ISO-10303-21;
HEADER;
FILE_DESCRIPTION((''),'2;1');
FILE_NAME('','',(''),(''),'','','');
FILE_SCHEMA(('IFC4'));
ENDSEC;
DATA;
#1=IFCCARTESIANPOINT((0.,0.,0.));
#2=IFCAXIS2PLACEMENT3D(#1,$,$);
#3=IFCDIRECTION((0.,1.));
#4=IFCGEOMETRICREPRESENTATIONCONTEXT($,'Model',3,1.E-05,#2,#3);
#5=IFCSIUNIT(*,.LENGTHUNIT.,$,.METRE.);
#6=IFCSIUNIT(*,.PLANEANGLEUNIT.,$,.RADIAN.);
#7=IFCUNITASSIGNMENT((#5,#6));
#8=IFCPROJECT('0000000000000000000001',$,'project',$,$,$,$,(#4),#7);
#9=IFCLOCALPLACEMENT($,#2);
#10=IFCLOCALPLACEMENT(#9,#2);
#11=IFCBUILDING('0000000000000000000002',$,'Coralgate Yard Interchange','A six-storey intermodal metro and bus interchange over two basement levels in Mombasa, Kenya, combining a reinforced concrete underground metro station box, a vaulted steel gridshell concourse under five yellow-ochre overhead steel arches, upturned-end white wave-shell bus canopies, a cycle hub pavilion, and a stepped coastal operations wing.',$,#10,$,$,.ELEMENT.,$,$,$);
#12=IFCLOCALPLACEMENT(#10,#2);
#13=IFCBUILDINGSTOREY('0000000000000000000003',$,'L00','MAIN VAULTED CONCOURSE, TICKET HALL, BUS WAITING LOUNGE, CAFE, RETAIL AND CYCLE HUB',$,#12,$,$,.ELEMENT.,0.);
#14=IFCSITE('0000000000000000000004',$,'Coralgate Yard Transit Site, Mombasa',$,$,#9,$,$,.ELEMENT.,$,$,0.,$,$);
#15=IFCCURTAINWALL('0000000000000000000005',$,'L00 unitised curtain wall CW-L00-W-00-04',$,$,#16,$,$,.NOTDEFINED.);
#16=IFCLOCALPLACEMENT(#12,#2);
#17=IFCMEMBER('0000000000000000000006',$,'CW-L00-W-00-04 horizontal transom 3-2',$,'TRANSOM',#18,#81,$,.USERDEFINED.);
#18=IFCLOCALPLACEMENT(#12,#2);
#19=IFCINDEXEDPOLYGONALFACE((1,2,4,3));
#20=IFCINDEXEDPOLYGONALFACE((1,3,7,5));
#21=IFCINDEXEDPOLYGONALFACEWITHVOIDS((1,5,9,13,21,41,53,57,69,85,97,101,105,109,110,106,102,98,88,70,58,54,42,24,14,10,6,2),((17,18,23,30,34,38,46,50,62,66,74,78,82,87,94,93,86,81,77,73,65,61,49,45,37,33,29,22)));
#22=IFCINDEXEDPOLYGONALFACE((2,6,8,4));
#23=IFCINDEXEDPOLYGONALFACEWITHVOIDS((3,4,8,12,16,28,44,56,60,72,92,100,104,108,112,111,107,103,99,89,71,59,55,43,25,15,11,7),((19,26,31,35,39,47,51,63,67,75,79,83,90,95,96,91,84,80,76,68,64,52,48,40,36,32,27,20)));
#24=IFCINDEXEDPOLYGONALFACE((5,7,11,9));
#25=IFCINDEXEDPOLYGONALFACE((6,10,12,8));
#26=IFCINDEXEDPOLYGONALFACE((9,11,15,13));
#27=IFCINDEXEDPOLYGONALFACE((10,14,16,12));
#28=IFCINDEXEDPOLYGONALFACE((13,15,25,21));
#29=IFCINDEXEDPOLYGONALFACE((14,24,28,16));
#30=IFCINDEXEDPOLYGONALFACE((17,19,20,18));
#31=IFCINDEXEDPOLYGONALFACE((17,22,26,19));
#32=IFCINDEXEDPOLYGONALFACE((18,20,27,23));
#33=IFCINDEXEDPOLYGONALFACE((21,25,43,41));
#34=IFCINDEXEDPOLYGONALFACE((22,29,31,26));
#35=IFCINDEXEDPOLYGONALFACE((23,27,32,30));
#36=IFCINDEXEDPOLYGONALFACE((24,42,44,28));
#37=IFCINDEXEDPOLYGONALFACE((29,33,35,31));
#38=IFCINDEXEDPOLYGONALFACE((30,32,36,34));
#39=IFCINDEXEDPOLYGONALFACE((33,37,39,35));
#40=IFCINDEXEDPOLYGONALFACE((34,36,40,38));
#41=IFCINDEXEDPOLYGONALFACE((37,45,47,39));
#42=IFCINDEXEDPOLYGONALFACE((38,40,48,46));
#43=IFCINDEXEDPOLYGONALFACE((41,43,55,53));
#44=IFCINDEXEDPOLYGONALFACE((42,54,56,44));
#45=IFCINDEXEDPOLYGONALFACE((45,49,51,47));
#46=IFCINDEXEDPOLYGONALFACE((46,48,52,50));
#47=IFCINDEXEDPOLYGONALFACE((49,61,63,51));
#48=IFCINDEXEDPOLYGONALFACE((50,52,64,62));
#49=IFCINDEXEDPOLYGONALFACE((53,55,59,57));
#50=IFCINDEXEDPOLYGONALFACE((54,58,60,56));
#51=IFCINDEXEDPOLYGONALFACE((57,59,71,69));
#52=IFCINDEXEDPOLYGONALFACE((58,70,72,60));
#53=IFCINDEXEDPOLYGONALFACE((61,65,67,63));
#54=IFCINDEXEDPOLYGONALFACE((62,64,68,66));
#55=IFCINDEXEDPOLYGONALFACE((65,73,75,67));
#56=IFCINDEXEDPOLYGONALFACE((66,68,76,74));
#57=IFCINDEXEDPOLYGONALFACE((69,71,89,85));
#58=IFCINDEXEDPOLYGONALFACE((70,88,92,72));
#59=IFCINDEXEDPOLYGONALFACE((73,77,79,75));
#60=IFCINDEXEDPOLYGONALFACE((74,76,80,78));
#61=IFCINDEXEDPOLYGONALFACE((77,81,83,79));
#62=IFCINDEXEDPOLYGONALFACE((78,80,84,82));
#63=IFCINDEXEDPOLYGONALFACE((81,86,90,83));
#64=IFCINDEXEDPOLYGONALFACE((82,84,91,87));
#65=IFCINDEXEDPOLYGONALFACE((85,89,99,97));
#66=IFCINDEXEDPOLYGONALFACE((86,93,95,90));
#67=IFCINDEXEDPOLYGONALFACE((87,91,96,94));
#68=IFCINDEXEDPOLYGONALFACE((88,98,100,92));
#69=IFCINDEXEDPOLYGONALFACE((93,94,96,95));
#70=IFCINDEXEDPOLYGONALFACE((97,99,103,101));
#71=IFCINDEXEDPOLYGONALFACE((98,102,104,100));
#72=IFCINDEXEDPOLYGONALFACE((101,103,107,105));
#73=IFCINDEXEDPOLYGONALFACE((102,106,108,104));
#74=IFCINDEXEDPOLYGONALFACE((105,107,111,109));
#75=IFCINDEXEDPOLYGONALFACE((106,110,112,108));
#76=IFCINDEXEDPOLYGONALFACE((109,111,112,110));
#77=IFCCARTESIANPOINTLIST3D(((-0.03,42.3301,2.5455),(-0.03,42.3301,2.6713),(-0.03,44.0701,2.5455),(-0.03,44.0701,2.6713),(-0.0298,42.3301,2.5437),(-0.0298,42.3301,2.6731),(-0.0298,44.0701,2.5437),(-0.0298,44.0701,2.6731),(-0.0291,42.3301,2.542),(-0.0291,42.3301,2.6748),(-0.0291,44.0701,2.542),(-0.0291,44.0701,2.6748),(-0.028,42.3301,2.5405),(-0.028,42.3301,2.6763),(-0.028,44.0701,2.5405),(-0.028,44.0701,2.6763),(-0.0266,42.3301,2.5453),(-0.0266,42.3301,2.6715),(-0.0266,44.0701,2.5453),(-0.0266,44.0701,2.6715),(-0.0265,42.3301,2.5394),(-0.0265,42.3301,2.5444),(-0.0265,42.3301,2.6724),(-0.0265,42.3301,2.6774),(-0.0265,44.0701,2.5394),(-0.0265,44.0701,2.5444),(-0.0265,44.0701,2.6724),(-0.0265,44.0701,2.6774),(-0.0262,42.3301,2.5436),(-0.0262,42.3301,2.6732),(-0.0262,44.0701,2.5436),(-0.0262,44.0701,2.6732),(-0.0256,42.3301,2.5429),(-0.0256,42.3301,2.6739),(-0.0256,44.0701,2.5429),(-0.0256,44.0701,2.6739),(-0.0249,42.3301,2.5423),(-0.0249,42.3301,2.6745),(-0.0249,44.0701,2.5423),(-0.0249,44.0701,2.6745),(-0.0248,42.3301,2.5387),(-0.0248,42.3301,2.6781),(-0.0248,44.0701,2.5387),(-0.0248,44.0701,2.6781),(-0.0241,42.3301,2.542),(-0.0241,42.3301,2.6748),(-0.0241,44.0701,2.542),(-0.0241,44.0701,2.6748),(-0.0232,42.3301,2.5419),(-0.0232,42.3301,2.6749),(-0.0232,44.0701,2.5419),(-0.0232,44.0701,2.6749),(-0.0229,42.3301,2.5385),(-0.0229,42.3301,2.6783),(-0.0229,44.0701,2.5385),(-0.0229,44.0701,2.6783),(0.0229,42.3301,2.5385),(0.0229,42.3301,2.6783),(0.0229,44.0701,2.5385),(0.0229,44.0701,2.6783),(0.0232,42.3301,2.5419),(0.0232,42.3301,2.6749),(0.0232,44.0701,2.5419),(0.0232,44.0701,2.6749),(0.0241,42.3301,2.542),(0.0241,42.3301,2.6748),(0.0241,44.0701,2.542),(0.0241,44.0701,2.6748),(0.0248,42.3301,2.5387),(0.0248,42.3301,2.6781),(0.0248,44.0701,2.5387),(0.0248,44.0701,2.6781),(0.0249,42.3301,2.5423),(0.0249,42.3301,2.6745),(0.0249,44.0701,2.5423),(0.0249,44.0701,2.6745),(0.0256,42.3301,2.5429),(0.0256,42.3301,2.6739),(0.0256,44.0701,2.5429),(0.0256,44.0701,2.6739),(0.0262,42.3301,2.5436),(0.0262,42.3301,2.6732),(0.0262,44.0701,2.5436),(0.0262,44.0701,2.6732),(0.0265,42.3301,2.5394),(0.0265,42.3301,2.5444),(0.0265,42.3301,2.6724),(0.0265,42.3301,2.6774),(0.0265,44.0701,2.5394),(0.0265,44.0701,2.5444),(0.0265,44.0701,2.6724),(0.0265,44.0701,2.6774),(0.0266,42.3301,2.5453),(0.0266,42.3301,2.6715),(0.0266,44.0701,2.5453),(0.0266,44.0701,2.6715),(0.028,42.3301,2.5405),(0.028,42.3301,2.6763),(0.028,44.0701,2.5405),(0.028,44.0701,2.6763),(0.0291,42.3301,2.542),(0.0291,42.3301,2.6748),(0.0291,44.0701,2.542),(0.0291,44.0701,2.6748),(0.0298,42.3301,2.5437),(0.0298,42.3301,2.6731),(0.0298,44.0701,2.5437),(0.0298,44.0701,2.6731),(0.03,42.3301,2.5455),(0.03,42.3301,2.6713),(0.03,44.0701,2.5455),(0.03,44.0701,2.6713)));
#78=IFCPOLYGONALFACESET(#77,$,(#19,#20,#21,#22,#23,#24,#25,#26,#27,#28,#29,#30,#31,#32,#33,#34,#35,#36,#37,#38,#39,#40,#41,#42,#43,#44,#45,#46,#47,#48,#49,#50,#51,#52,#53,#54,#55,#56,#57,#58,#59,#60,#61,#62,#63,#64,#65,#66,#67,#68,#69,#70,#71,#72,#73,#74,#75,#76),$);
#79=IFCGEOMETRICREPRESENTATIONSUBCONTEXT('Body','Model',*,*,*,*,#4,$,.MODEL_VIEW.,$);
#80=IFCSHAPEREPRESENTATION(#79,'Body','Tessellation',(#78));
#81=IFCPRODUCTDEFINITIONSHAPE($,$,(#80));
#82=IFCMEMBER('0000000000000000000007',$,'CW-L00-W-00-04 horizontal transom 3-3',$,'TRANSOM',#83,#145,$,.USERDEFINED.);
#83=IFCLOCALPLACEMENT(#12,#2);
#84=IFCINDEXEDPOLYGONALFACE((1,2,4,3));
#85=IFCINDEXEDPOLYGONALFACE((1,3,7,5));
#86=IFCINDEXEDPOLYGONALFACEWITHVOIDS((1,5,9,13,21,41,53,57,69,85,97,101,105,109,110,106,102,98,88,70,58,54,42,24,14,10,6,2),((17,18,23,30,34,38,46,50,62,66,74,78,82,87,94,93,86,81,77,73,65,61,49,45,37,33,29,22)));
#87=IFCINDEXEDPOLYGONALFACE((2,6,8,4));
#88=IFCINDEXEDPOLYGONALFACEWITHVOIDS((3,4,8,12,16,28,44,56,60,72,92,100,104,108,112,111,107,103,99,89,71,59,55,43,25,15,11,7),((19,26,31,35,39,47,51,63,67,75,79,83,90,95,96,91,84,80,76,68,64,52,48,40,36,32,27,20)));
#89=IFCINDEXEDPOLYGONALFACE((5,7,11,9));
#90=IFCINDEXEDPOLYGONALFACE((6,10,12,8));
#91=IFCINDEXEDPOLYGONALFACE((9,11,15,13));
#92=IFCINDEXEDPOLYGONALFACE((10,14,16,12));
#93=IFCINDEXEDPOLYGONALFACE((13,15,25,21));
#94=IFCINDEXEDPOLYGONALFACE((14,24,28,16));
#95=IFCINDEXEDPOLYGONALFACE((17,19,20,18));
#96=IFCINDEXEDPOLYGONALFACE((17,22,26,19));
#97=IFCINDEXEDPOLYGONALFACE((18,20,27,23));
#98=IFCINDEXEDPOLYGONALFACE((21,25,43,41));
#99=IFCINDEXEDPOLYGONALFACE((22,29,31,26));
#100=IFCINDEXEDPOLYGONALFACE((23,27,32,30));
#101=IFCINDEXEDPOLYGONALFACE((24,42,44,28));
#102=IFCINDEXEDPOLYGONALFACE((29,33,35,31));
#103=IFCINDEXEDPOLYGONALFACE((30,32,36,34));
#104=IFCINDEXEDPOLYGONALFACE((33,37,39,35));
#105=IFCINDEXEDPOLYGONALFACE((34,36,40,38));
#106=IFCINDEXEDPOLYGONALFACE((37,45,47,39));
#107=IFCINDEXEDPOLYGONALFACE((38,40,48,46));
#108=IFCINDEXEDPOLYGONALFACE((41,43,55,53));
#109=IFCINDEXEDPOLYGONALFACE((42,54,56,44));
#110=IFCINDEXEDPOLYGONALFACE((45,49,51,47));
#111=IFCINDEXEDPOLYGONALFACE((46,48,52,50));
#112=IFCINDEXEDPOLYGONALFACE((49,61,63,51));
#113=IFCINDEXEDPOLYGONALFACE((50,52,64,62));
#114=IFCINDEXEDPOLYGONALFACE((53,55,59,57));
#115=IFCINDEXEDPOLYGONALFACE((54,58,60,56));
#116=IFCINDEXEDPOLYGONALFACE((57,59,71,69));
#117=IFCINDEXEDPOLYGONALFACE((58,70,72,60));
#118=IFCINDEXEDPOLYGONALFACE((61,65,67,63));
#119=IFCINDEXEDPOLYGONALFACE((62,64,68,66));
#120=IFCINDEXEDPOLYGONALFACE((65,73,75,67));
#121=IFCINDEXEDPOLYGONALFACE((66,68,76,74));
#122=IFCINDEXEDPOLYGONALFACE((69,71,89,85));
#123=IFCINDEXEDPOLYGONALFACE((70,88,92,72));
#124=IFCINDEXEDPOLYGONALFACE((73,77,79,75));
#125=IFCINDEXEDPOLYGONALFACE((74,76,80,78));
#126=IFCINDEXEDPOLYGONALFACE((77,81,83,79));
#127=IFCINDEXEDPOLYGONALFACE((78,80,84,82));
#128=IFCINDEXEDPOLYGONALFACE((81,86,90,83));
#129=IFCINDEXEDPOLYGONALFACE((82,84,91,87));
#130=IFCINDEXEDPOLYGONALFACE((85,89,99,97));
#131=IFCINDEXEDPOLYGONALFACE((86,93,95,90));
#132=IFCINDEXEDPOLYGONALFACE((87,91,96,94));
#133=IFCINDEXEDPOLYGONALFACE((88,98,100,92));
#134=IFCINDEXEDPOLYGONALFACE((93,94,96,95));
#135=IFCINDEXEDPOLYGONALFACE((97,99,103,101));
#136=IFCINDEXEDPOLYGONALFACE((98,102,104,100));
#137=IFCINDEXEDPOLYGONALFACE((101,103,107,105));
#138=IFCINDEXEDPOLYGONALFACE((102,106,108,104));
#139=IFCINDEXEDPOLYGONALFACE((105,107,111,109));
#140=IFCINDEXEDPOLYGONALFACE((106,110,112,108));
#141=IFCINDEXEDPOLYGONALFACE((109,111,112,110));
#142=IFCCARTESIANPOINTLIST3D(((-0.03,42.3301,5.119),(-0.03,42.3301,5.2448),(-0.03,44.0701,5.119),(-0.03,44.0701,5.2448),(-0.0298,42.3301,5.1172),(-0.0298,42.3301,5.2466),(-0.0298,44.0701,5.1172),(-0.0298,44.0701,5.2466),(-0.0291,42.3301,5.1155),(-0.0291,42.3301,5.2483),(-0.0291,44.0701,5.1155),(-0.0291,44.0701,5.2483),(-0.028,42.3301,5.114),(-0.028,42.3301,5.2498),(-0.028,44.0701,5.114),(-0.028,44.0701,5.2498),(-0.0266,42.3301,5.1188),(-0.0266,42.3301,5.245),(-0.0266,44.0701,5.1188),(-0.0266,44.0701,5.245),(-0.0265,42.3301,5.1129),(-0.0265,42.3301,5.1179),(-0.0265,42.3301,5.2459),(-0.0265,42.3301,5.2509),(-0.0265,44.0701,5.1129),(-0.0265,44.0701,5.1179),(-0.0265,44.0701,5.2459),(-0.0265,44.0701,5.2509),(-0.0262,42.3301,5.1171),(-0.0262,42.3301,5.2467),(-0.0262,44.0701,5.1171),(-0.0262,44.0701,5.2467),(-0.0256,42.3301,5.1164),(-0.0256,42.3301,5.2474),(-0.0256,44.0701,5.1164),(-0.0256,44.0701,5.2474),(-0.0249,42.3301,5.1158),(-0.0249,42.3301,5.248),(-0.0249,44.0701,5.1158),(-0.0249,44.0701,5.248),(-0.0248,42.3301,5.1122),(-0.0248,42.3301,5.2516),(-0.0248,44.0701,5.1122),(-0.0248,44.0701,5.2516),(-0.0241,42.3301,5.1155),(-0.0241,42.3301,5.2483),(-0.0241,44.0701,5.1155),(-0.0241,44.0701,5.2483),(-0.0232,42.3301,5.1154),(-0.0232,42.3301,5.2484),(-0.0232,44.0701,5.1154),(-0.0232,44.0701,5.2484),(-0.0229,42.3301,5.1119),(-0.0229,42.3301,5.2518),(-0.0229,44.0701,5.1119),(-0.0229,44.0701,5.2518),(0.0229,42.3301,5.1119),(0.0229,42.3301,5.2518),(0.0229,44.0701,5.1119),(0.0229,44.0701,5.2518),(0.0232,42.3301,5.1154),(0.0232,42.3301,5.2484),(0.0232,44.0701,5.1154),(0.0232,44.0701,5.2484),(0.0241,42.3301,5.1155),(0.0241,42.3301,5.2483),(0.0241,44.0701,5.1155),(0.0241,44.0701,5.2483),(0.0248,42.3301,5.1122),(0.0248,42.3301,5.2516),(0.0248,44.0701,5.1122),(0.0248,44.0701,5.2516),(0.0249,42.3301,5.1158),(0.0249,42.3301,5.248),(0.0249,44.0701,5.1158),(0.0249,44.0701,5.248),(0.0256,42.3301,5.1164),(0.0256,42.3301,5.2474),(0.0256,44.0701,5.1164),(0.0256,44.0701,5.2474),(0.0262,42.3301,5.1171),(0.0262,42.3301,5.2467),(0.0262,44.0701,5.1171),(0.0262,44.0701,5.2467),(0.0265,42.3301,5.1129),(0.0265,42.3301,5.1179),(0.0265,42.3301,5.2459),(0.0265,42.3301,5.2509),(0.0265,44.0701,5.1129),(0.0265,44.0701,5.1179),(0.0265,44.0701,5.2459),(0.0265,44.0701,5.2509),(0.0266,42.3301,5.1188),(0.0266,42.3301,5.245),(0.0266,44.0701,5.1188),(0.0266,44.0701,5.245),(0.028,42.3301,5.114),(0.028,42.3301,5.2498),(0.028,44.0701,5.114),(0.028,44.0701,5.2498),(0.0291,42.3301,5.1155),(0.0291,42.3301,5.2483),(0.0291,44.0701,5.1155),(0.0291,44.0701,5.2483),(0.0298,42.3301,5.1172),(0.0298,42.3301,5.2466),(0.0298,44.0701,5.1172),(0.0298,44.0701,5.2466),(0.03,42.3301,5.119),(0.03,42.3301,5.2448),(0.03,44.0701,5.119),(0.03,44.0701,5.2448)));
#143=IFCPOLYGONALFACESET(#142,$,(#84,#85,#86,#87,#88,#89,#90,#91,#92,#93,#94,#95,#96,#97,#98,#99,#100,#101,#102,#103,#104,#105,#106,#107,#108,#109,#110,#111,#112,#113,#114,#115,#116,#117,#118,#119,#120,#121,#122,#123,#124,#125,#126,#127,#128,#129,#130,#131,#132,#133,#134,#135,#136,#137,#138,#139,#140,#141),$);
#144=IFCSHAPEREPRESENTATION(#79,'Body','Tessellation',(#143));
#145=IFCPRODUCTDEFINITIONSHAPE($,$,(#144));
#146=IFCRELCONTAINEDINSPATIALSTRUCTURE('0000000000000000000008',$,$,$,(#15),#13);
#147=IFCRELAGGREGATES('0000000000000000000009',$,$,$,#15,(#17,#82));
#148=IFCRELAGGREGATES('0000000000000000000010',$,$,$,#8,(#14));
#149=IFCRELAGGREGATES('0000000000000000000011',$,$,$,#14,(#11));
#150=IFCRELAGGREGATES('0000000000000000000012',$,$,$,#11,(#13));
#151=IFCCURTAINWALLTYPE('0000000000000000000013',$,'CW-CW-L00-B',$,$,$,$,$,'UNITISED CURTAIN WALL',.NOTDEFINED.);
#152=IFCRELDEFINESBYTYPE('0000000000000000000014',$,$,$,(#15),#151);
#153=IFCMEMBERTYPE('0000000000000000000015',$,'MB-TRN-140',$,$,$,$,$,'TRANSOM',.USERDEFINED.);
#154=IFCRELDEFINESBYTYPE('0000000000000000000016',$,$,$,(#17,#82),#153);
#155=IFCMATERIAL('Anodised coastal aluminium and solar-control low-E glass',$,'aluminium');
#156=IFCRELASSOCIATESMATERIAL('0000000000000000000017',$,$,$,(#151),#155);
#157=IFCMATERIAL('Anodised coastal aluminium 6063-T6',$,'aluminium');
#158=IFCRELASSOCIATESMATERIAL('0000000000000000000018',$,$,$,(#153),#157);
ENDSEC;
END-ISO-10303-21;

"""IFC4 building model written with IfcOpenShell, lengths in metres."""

from ifc_helpers import new_model, si_unit, direction, frame, origin, origin_2d, place, context, subcontext, project, spatial, hollow_rectangle, extrude, material, material_profile, profile_set, type_object, element, aggregate, save


model = new_model("IFC4")

# Units and contexts
model_context = context("Model", 3, precision=1e-05, world=origin(), true_north=direction((0.0, 1.0)))
body_context = subcontext(model_context, "Body", "Model", "MODEL_VIEW")
ifc_project = project(units=[si_unit("LENGTHUNIT", "METRE"), si_unit("PLANEANGLEUNIT", "RADIAN")], contexts=[model_context])

# Site, building, storey
site_placement = place(None, origin())
site = spatial("IfcSite", under=ifc_project, at=site_placement, Name="Coralgate Yard Transit Site, Mombasa", CompositionType="ELEMENT", RefElevation=0.0)
building_placement = place(site_placement, origin())
building = spatial("IfcBuilding", under=site, at=building_placement, Name="Coralgate Yard Interchange", Description="A six-storey intermodal metro and bus interchange over two basement levels in Mombasa, Kenya, combining a reinforced concrete underground metro station box, a vaulted steel gridshell concourse under five yellow-ochre overhead steel arches, upturned-end white wave-shell bus canopies, a cycle hub pavilion, and a stepped coastal operations wing.", CompositionType="ELEMENT")
storey_placement = place(building_placement, origin())
storey = spatial("IfcBuildingStorey", under=building, at=storey_placement, Name="L00", Description="MAIN VAULTED CONCOURSE, TICKET HALL, BUS WAITING LOUNGE, CAFE, RETAIL AND CYCLE HUB", CompositionType="ELEMENT", Elevation=0.0)

# Curtain wall, members
ifc_material_1 = material(Name="Anodised coastal aluminium and solar-control low-E glass", Category="aluminium")
curtain_wall_type = type_object("IfcCurtainWallType", Name="CW-CW-L00-B", ElementType="UNITISED CURTAIN WALL", PredefinedType="NOTDEFINED", material=ifc_material_1)
curtain_wall_placement = place(storey_placement, origin())
curtain_wall = element("IfcCurtainWall", 1, at=curtain_wall_placement, inside=storey, type_object=curtain_wall_type, Name="L00 unitised curtain wall CW-L00-W-00-04", PredefinedType="NOTDEFINED")
ifc_material_2 = material(Name="Anodised coastal aluminium 6063-T6", Category="aluminium")
ifc_material_profile_1 = material_profile(ifc_material_2, hollow_rectangle(XDim=0.0601, YDim=0.1399, WallThickness=0.0034, InnerFilletRadius=0.0034, OuterFilletRadius=0.0071, at=origin_2d()), Name="ALU 60x140x3.5")
ifc_profile_set_1 = profile_set([ifc_material_profile_1], Name="Anodised coastal aluminium 6063-T6")
member_type_1 = type_object("IfcMemberType", Name="MB-TRN-140", ElementType="TRANSOM", PredefinedType="USERDEFINED", material=ifc_profile_set_1)
member_1_placement = place(storey_placement, frame((0.0, 42.3301, 2.6084), z_axis=(0.0, 1.0, 0.0), x_axis=(-1.0, 0.0, 0.0)))
member_1 = element("IfcMember", 2, at=member_1_placement, type_object=member_type_1, Name="CW-L00-W-00-04 horizontal transom 3-2", ObjectType="TRANSOM", PredefinedType="USERDEFINED", context=body_context, shape_type="SweptSolid", body=[
    extrude(hollow_rectangle(XDim=0.0601, YDim=0.1399, WallThickness=0.0034, InnerFilletRadius=0.0034, OuterFilletRadius=0.0071, at=origin_2d()), origin(), (0.0, 0.0, 1.0), 1.74),
])
member_2_placement = place(storey_placement, frame((0.0, 42.3301, 5.1819), z_axis=(0.0, 1.0, 0.0), x_axis=(-1.0, 0.0, 0.0)))
member_2 = element("IfcMember", 3, at=member_2_placement, type_object=member_type_1, Name="CW-L00-W-00-04 horizontal transom 3-3", ObjectType="TRANSOM", PredefinedType="USERDEFINED", context=body_context, shape_type="SweptSolid", body=[
    extrude(hollow_rectangle(XDim=0.0601, YDim=0.1399, WallThickness=0.0034, InnerFilletRadius=0.0034, OuterFilletRadius=0.0071, at=origin_2d()), origin(), (0.0, 0.0, 1.0), 1.74),
])
aggregate(curtain_wall, [member_1, member_2])

save(model, "model.ifc")
